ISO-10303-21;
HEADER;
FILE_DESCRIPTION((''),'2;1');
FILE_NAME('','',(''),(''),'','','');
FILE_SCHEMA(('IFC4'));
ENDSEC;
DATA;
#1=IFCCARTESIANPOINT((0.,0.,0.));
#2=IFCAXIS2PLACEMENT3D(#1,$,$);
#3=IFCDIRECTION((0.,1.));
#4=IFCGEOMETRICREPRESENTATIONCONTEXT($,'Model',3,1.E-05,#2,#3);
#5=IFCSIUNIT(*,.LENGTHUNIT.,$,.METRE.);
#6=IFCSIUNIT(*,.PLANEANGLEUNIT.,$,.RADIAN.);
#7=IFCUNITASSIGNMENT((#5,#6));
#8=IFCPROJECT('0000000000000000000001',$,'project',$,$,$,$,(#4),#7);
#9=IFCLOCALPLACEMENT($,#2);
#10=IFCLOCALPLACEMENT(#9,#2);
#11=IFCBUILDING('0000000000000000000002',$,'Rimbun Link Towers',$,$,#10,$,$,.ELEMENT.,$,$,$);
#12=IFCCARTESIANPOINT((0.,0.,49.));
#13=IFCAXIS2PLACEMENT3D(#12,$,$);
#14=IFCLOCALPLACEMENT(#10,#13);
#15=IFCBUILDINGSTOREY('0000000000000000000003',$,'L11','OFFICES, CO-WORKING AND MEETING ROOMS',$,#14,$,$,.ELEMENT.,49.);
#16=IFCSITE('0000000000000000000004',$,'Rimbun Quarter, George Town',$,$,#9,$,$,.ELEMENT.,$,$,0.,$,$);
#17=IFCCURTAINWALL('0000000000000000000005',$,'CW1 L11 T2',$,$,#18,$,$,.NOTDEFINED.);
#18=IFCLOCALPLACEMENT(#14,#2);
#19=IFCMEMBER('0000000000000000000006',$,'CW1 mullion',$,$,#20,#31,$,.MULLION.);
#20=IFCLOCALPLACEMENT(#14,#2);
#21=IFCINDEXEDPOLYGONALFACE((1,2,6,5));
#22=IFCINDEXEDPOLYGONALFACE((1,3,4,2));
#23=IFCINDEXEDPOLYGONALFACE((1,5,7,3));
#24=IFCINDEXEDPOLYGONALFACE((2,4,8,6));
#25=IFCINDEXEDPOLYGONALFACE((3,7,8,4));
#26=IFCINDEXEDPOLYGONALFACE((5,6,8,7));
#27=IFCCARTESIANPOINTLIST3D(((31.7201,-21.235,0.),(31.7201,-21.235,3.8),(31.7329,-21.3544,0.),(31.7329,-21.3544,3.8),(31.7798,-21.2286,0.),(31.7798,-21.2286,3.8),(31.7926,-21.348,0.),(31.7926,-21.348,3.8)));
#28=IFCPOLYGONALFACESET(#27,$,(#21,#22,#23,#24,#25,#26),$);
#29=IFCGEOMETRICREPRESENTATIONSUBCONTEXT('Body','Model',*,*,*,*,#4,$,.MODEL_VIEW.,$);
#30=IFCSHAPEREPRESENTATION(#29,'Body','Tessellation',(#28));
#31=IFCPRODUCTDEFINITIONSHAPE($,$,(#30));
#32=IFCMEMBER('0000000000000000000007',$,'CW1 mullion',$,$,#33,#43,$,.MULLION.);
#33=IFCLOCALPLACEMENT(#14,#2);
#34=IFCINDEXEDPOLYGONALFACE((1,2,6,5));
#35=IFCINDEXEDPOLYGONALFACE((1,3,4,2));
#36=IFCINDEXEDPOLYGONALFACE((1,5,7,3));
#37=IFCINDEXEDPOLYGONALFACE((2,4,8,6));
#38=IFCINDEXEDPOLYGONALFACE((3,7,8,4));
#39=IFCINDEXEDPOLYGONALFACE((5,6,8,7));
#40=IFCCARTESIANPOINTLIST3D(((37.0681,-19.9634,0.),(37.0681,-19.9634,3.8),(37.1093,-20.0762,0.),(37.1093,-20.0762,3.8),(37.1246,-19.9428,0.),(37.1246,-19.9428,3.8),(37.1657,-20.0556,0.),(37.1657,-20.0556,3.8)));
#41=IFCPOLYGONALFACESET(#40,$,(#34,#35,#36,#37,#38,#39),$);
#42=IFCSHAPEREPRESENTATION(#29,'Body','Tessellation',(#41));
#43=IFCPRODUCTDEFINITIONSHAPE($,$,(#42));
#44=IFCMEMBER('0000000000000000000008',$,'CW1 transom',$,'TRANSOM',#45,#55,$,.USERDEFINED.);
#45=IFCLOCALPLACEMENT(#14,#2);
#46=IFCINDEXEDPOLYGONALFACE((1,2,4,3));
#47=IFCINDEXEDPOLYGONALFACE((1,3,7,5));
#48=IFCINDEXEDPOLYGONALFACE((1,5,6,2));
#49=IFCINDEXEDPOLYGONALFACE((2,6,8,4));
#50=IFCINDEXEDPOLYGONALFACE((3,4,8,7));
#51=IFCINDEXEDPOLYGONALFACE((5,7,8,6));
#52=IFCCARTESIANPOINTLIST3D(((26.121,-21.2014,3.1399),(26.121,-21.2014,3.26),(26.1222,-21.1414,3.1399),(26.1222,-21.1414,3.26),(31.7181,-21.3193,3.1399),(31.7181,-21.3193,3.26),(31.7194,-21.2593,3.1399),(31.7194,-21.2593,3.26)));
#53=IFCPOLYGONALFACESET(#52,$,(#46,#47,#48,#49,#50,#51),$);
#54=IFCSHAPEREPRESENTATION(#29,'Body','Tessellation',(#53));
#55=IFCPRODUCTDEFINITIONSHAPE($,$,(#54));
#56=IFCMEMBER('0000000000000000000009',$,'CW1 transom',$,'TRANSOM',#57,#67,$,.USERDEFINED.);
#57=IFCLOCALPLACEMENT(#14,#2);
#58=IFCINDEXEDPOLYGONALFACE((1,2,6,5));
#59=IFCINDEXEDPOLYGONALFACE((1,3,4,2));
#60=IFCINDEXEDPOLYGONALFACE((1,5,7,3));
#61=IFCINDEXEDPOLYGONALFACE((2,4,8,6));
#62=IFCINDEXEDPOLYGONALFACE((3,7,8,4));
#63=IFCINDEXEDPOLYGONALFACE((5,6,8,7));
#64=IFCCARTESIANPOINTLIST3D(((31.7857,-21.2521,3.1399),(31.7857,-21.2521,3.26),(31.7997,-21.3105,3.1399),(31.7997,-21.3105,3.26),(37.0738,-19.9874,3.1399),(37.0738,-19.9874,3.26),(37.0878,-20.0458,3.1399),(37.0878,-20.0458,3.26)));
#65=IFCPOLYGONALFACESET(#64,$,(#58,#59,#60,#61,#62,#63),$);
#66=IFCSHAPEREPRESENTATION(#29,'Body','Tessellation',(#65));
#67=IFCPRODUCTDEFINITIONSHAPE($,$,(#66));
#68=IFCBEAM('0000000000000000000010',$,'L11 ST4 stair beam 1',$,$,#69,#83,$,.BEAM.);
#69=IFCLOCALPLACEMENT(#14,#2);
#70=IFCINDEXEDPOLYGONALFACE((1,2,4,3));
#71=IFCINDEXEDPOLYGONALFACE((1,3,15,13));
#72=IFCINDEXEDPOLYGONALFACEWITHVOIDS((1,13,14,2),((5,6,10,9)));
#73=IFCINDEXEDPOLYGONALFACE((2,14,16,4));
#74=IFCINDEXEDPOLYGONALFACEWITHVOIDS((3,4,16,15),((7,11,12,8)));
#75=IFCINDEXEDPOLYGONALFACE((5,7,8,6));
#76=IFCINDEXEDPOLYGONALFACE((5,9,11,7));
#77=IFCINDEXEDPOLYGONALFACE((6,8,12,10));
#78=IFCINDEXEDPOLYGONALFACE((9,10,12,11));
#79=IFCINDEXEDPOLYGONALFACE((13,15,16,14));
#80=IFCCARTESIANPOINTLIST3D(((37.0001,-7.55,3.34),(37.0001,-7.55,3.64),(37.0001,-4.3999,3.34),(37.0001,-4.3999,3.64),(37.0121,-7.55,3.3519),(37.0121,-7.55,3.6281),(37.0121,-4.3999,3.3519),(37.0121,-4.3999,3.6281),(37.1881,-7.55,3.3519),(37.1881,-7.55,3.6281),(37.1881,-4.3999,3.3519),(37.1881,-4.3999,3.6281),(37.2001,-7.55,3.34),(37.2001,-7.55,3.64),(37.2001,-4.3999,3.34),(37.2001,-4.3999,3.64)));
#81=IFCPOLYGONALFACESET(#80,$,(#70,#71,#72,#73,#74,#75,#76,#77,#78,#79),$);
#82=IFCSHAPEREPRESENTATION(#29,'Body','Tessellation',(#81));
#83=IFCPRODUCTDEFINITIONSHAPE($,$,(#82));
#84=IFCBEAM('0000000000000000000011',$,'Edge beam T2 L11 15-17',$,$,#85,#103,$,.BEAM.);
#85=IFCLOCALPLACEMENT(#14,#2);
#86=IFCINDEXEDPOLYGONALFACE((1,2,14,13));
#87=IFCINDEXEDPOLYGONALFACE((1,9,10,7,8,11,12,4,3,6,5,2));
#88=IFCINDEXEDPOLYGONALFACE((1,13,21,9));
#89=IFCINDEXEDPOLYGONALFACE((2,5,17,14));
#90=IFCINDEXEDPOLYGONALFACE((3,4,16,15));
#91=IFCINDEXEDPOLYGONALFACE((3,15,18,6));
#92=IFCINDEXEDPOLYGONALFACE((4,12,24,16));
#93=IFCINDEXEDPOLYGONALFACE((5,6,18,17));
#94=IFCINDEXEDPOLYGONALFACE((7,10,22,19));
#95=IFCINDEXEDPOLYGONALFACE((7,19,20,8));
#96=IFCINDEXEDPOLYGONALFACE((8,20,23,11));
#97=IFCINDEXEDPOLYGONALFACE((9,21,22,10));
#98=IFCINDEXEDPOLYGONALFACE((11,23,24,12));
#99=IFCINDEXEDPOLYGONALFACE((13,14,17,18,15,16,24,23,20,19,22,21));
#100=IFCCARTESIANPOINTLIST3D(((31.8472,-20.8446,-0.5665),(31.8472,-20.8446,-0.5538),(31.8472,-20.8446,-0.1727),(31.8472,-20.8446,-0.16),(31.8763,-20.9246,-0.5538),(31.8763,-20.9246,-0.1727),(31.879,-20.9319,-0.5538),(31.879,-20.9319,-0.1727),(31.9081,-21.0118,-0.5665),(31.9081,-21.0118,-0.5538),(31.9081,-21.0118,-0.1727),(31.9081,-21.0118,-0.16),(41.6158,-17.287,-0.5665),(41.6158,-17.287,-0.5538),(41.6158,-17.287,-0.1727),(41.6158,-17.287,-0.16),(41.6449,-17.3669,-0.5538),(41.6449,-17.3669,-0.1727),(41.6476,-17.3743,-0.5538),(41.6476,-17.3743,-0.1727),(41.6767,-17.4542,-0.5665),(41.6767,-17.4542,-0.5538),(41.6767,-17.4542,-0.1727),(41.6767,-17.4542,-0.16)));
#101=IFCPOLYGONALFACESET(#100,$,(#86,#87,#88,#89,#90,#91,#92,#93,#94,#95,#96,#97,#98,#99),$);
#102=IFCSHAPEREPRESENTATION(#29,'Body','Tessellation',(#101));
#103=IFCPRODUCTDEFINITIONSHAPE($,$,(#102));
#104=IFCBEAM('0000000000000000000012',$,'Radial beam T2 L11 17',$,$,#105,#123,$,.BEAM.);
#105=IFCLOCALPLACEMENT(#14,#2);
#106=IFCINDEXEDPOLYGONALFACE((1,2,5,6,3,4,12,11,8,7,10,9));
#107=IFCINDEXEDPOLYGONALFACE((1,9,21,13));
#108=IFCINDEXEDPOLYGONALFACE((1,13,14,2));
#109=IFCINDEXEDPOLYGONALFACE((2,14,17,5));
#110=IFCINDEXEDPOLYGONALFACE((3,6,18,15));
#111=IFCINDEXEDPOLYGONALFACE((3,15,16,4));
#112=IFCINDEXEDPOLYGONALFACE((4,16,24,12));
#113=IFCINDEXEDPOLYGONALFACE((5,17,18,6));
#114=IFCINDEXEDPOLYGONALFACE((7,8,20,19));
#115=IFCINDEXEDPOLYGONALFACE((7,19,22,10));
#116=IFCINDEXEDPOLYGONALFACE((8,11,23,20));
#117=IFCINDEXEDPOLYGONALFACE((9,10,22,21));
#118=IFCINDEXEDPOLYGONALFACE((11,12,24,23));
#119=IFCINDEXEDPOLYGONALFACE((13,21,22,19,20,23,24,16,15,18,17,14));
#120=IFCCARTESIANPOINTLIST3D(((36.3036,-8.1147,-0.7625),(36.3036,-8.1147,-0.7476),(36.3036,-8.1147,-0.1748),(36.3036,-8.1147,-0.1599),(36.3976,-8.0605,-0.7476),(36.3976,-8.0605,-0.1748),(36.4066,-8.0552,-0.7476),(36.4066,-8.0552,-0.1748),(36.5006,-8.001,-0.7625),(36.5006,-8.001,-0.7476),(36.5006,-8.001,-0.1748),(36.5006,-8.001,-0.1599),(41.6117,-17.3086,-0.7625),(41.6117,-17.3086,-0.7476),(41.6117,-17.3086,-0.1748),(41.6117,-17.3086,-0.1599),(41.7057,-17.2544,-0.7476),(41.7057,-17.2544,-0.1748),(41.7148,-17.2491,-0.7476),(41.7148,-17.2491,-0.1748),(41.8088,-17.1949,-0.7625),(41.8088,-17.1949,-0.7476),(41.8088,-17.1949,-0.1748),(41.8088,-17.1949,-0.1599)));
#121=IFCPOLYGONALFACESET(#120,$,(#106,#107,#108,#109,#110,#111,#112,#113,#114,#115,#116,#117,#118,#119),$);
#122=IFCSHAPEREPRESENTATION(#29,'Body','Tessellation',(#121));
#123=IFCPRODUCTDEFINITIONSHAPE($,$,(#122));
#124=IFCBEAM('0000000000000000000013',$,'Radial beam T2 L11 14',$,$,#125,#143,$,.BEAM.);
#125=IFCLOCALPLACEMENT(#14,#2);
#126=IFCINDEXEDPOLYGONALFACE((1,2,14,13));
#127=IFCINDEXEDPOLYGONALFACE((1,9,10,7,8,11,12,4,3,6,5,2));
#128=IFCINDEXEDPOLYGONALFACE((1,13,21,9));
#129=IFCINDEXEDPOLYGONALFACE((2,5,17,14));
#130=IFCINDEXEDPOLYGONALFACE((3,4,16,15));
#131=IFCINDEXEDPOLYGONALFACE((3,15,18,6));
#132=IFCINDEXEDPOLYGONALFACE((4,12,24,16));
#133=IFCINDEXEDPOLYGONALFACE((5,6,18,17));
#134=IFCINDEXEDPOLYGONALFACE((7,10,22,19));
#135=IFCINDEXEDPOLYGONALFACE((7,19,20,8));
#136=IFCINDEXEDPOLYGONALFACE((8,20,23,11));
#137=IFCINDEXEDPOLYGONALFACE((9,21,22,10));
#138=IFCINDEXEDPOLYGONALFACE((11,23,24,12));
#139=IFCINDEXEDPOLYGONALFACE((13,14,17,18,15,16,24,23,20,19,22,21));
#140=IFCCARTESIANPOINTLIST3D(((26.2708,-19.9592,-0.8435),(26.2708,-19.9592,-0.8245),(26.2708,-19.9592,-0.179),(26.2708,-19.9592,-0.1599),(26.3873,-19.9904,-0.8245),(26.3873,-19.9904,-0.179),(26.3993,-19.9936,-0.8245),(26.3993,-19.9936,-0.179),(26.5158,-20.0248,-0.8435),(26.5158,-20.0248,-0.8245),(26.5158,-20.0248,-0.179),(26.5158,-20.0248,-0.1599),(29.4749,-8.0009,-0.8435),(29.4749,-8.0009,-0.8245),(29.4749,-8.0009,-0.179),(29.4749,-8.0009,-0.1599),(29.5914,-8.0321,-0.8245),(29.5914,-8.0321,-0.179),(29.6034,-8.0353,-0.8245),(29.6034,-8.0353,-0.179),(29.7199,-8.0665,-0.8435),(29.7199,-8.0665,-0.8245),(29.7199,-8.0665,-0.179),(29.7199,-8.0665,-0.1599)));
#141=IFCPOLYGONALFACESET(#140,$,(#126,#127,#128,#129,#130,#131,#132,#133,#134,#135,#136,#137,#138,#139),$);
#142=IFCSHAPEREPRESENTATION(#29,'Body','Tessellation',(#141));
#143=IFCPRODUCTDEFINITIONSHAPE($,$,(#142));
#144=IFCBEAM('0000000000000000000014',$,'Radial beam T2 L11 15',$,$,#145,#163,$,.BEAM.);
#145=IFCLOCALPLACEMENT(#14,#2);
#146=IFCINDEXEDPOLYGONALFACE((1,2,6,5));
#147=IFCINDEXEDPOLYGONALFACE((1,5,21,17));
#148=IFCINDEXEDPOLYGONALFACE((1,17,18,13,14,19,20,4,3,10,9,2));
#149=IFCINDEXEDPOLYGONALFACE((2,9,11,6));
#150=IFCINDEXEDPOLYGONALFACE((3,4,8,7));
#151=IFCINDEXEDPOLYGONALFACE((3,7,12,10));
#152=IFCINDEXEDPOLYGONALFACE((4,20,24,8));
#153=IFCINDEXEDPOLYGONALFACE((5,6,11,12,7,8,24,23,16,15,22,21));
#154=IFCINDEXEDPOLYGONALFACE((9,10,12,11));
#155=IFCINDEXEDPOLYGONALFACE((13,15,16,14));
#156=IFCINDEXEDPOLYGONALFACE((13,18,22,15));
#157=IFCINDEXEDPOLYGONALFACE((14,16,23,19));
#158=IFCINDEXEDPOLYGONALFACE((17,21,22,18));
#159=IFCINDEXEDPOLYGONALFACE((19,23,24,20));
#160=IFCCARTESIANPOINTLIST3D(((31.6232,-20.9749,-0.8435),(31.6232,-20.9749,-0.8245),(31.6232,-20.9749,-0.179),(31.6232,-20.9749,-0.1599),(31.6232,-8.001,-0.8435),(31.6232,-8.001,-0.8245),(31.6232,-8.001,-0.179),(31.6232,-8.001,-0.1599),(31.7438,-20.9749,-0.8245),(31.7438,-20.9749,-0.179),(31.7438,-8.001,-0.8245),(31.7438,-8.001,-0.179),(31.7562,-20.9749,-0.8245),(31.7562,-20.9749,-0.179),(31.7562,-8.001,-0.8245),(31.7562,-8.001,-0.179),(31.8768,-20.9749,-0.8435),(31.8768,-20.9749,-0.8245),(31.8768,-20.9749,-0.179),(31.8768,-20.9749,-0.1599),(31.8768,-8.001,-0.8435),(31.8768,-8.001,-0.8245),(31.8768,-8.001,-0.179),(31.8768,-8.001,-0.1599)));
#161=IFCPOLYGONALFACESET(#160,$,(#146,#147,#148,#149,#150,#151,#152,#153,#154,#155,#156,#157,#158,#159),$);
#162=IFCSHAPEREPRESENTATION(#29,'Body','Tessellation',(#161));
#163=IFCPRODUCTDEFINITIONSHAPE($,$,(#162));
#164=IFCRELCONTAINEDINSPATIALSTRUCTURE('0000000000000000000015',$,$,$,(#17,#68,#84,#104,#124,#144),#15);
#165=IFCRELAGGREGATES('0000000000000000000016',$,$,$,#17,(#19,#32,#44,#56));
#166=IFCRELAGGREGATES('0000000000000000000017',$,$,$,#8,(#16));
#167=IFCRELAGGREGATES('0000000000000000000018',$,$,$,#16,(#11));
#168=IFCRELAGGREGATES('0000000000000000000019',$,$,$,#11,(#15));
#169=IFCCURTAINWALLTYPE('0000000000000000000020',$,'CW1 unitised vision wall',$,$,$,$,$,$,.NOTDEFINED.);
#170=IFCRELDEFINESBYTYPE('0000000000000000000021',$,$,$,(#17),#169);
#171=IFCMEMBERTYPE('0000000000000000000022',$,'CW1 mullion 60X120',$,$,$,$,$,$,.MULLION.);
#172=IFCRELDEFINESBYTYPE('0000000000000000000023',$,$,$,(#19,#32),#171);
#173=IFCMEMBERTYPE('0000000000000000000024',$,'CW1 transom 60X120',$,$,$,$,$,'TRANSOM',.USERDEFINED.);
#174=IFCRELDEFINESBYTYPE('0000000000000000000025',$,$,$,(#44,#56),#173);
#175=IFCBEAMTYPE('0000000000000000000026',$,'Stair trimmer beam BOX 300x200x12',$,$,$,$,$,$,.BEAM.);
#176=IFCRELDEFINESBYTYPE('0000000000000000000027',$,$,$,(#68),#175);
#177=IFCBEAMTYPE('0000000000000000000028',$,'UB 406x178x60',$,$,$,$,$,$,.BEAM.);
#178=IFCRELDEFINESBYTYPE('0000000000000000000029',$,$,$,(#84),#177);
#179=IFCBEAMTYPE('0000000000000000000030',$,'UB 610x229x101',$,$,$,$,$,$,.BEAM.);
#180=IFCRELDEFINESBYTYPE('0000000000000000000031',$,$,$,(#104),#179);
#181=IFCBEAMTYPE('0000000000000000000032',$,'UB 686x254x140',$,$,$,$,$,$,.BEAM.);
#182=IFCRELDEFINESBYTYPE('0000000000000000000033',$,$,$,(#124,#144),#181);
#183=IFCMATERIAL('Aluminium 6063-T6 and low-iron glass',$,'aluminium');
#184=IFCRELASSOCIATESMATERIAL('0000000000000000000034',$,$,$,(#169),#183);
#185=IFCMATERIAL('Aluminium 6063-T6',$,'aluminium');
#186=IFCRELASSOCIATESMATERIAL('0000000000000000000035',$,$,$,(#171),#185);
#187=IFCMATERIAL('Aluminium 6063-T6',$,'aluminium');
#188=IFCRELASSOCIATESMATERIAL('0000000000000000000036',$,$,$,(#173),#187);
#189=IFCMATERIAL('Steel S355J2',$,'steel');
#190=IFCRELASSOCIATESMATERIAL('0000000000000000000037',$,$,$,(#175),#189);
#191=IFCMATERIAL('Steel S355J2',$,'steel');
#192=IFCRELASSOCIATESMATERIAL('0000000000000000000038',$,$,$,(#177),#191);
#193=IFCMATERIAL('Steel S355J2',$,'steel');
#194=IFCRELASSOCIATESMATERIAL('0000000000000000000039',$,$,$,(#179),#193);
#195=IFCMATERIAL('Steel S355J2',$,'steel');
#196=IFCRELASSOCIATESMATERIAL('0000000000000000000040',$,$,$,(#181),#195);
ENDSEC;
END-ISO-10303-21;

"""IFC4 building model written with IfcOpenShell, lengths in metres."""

from ifc_helpers import new_model, si_unit, direction, frame, origin, origin_2d, place, context, subcontext, project, spatial, rectangle, hollow_rectangle, i_section, extrude, material, material_profile, profile_set, type_object, element, aggregate, save


model = new_model("IFC4")

# Units and contexts
model_context = context("Model", 3, precision=1e-05, world=origin(), true_north=direction((0.0, 1.0)))
body_context = subcontext(model_context, "Body", "Model", "MODEL_VIEW")
ifc_project = project(units=[si_unit("LENGTHUNIT", "METRE"), si_unit("PLANEANGLEUNIT", "RADIAN")], contexts=[model_context])

# Site, building, storey
site_placement = place(None, origin())
site = spatial("IfcSite", under=ifc_project, at=site_placement, Name="Rimbun Quarter, George Town", CompositionType="ELEMENT", RefElevation=0.0)
building_placement = place(site_placement, origin())
building = spatial("IfcBuilding", under=site, at=building_placement, Name="Rimbun Link Towers", CompositionType="ELEMENT")
storey_placement = place(building_placement, frame((0.0, 0.0, 49.0)))
storey = spatial("IfcBuildingStorey", under=building, at=storey_placement, Name="L11", Description="OFFICES, CO-WORKING AND MEETING ROOMS", CompositionType="ELEMENT", Elevation=49.0)

# Curtain wall, members
ifc_material_1 = material(Name="Aluminium 6063-T6 and low-iron glass", Category="aluminium")
curtain_wall_type = type_object("IfcCurtainWallType", Name="CW1 unitised vision wall", PredefinedType="NOTDEFINED", material=ifc_material_1)
curtain_wall_placement = place(storey_placement, origin())
curtain_wall = element("IfcCurtainWall", 1, at=curtain_wall_placement, inside=storey, type_object=curtain_wall_type, Name="CW1 L11 T2", PredefinedType="NOTDEFINED")
ifc_material_2 = material(Name="Aluminium 6063-T6", Category="aluminium")
ifc_material_profile_1 = material_profile(ifc_material_2, rectangle(XDim=0.1201, YDim=0.0601, at=origin_2d()), Name="MULLION 60X120")
ifc_profile_set_1 = profile_set([ifc_material_profile_1], Name="Aluminium 6063-T6")
member_type_1 = type_object("IfcMemberType", Name="CW1 mullion 60X120", PredefinedType="MULLION", material=ifc_profile_set_1)
member_1_placement = place(storey_placement, frame((31.7563, -21.2915, 0.0), z_axis=(0.0, 0.0, 1.0), x_axis=(0.106643, -0.994297, 0.0)))
member_1 = element("IfcMember", 2, at=member_1_placement, type_object=member_type_1, Name="CW1 mullion", PredefinedType="MULLION", context=body_context, shape_type="SweptSolid", body=[
    extrude(rectangle(XDim=0.1201, YDim=0.0601, at=origin_2d()), origin(), (0.0, 0.0, 1.0), 3.8),
])
member_2_placement = place(storey_placement, frame((37.1169, -20.0095, 0.0), z_axis=(0.0, 0.0, 1.0), x_axis=(0.342966, -0.939348, 0.0)))
member_2 = element("IfcMember", 3, at=member_2_placement, type_object=member_type_1, Name="CW1 mullion", PredefinedType="MULLION", context=body_context, shape_type="SweptSolid", body=[
    extrude(rectangle(XDim=0.1201, YDim=0.0601, at=origin_2d()), origin(), (0.0, 0.0, 1.0), 3.8),
])
ifc_material_3 = material(Name="Aluminium 6063-T6", Category="aluminium")
ifc_material_profile_2 = material_profile(ifc_material_3, rectangle(XDim=0.0601, YDim=0.1201, at=origin_2d()), Name="TRANSOM 60X120")
ifc_profile_set_2 = profile_set([ifc_material_profile_2], Name="Aluminium 6063-T6")
member_type_2 = type_object("IfcMemberType", Name="CW1 transom 60X120", ElementType="TRANSOM", PredefinedType="USERDEFINED", material=ifc_profile_set_2)
member_3_placement = place(storey_placement, frame((31.7188, -21.2893, 3.2), z_axis=(-0.999778, 0.021063, 0.0), x_axis=(-0.021063, -0.999778, 0.0)))
member_3 = element("IfcMember", 4, at=member_3_placement, type_object=member_type_2, Name="CW1 transom", ObjectType="TRANSOM", PredefinedType="USERDEFINED", context=body_context, shape_type="SweptSolid", body=[
    extrude(rectangle(XDim=0.0601, YDim=0.1201, at=origin_2d()), origin(), (0.0, 0.0, 1.0), 5.5984),
])
member_4_placement = place(storey_placement, frame((37.0808, -20.0166, 3.2), z_axis=(-0.972574, -0.232592, 0.0), x_axis=(0.232592, -0.972574, 0.0)))
member_4 = element("IfcMember", 5, at=member_4_placement, type_object=member_type_2, Name="CW1 transom", ObjectType="TRANSOM", PredefinedType="USERDEFINED", context=body_context, shape_type="SweptSolid", body=[
    extrude(rectangle(XDim=0.0601, YDim=0.1201, at=origin_2d()), origin(), (0.0, 0.0, 1.0), 5.4373),
])

# Beams
ifc_material_4 = material(Name="Steel S355J2", Category="steel")
ifc_material_profile_3 = material_profile(ifc_material_4, hollow_rectangle(XDim=0.2, YDim=0.3, WallThickness=0.012, at=origin_2d()), Name="BOX 300x200x12")
ifc_profile_set_3 = profile_set([ifc_material_profile_3], Name="Steel S355J2")
beam_type_1 = type_object("IfcBeamType", Name="Stair trimmer beam BOX 300x200x12", PredefinedType="BEAM", material=ifc_profile_set_3)
beam_1_placement = place(storey_placement, frame((37.1001, -7.55, 3.49), z_axis=(0.0, 1.0, 0.0), x_axis=(-1.0, 0.0, 0.0)))
element("IfcBeam", 6, at=beam_1_placement, inside=storey, type_object=beam_type_1, Name="L11 ST4 stair beam 1", PredefinedType="BEAM", context=body_context, shape_type="SweptSolid", body=[
    extrude(hollow_rectangle(XDim=0.2, YDim=0.3, WallThickness=0.012, at=origin_2d()), origin(), (0.0, 0.0, 1.0), 3.1501),
])
ifc_material_5 = material(Name="Steel S355J2", Category="steel")
ifc_material_profile_4 = material_profile(ifc_material_5, i_section(OverallWidth=0.178, OverallDepth=0.4065, WebThickness=0.0078, FlangeThickness=0.0127, at=origin_2d()), Name="UB 406x178x60")
ifc_profile_set_4 = profile_set([ifc_material_profile_4], Name="Steel S355J2")
beam_type_2 = type_object("IfcBeamType", Name="UB 406x178x60", PredefinedType="BEAM", material=ifc_profile_set_4)
beam_2_placement = place(storey_placement, frame((31.8777, -20.9282, -0.3633), z_axis=(0.939626, 0.342203, 0.0), x_axis=(-0.342203, 0.939626, 0.0)))
element("IfcBeam", 7, at=beam_2_placement, inside=storey, type_object=beam_type_2, Name="Edge beam T2 L11 15-17", PredefinedType="BEAM", context=body_context, shape_type="SweptSolid", body=[
    extrude(i_section(OverallWidth=0.178, OverallDepth=0.4065, WebThickness=0.0078, FlangeThickness=0.0127, at=origin_2d()), origin(), (0.0, 0.0, 1.0), 10.3962),
])
ifc_material_6 = material(Name="Steel S355J2", Category="steel")
ifc_material_profile_5 = material_profile(ifc_material_6, i_section(OverallWidth=0.2275, OverallDepth=0.6025, WebThickness=0.0105, FlangeThickness=0.0149, at=origin_2d()), Name="UB 610x229x101")
ifc_profile_set_5 = profile_set([ifc_material_profile_5], Name="Steel S355J2")
beam_type_3 = type_object("IfcBeamType", Name="UB 610x229x101", PredefinedType="BEAM", material=ifc_profile_set_5)
beam_3_placement = place(storey_placement, frame((36.4021, -8.0579, -0.4612), z_axis=(0.500002, -0.866024, 0.0), x_axis=(0.866024, 0.500002, 0.0)))
element("IfcBeam", 8, at=beam_3_placement, inside=storey, type_object=beam_type_3, Name="Radial beam T2 L11 17", PredefinedType="BEAM", context=body_context, shape_type="SweptSolid", body=[
    extrude(i_section(OverallWidth=0.2275, OverallDepth=0.6025, WebThickness=0.0105, FlangeThickness=0.0149, at=origin_2d()), origin(), (0.0, 0.0, 1.0), 10.6162),
])
ifc_material_7 = material(Name="Steel S355J2", Category="steel")
ifc_material_profile_6 = material_profile(ifc_material_7, i_section(OverallWidth=0.2537, OverallDepth=0.6836, WebThickness=0.0125, FlangeThickness=0.019, at=origin_2d()), Name="UB 686x254x140")
ifc_profile_set_6 = profile_set([ifc_material_profile_6], Name="Steel S355J2")
beam_type_4 = type_object("IfcBeamType", Name="UB 686x254x140", PredefinedType="BEAM", material=ifc_profile_set_6)
beam_4_placement = place(storey_placement, frame((29.5974, -8.0337, -0.5017), z_axis=(-0.258811, -0.965928, 0.0), x_axis=(0.965928, -0.258811, 0.0)))
element("IfcBeam", 9, at=beam_4_placement, inside=storey, type_object=beam_type_4, Name="Radial beam T2 L11 14", PredefinedType="BEAM", context=body_context, shape_type="SweptSolid", body=[
    extrude(i_section(OverallWidth=0.2537, OverallDepth=0.6836, WebThickness=0.0125, FlangeThickness=0.019, at=origin_2d()), origin(), (0.0, 0.0, 1.0), 12.3801),
])
beam_5_placement = place(storey_placement, frame((31.75, -8.001, -0.5017), z_axis=(0.0, -1.0, 0.0), x_axis=(1.0, 0.0, 0.0)))
element("IfcBeam", 10, at=beam_5_placement, inside=storey, type_object=beam_type_4, Name="Radial beam T2 L11 15", PredefinedType="BEAM", context=body_context, shape_type="SweptSolid", body=[
    extrude(i_section(OverallWidth=0.2537, OverallDepth=0.6836, WebThickness=0.0125, FlangeThickness=0.019, at=origin_2d()), origin(), (0.0, 0.0, 1.0), 12.9739),
])

aggregate(curtain_wall, [member_1, member_2, member_3, member_4])

save(model, "model.ifc")
